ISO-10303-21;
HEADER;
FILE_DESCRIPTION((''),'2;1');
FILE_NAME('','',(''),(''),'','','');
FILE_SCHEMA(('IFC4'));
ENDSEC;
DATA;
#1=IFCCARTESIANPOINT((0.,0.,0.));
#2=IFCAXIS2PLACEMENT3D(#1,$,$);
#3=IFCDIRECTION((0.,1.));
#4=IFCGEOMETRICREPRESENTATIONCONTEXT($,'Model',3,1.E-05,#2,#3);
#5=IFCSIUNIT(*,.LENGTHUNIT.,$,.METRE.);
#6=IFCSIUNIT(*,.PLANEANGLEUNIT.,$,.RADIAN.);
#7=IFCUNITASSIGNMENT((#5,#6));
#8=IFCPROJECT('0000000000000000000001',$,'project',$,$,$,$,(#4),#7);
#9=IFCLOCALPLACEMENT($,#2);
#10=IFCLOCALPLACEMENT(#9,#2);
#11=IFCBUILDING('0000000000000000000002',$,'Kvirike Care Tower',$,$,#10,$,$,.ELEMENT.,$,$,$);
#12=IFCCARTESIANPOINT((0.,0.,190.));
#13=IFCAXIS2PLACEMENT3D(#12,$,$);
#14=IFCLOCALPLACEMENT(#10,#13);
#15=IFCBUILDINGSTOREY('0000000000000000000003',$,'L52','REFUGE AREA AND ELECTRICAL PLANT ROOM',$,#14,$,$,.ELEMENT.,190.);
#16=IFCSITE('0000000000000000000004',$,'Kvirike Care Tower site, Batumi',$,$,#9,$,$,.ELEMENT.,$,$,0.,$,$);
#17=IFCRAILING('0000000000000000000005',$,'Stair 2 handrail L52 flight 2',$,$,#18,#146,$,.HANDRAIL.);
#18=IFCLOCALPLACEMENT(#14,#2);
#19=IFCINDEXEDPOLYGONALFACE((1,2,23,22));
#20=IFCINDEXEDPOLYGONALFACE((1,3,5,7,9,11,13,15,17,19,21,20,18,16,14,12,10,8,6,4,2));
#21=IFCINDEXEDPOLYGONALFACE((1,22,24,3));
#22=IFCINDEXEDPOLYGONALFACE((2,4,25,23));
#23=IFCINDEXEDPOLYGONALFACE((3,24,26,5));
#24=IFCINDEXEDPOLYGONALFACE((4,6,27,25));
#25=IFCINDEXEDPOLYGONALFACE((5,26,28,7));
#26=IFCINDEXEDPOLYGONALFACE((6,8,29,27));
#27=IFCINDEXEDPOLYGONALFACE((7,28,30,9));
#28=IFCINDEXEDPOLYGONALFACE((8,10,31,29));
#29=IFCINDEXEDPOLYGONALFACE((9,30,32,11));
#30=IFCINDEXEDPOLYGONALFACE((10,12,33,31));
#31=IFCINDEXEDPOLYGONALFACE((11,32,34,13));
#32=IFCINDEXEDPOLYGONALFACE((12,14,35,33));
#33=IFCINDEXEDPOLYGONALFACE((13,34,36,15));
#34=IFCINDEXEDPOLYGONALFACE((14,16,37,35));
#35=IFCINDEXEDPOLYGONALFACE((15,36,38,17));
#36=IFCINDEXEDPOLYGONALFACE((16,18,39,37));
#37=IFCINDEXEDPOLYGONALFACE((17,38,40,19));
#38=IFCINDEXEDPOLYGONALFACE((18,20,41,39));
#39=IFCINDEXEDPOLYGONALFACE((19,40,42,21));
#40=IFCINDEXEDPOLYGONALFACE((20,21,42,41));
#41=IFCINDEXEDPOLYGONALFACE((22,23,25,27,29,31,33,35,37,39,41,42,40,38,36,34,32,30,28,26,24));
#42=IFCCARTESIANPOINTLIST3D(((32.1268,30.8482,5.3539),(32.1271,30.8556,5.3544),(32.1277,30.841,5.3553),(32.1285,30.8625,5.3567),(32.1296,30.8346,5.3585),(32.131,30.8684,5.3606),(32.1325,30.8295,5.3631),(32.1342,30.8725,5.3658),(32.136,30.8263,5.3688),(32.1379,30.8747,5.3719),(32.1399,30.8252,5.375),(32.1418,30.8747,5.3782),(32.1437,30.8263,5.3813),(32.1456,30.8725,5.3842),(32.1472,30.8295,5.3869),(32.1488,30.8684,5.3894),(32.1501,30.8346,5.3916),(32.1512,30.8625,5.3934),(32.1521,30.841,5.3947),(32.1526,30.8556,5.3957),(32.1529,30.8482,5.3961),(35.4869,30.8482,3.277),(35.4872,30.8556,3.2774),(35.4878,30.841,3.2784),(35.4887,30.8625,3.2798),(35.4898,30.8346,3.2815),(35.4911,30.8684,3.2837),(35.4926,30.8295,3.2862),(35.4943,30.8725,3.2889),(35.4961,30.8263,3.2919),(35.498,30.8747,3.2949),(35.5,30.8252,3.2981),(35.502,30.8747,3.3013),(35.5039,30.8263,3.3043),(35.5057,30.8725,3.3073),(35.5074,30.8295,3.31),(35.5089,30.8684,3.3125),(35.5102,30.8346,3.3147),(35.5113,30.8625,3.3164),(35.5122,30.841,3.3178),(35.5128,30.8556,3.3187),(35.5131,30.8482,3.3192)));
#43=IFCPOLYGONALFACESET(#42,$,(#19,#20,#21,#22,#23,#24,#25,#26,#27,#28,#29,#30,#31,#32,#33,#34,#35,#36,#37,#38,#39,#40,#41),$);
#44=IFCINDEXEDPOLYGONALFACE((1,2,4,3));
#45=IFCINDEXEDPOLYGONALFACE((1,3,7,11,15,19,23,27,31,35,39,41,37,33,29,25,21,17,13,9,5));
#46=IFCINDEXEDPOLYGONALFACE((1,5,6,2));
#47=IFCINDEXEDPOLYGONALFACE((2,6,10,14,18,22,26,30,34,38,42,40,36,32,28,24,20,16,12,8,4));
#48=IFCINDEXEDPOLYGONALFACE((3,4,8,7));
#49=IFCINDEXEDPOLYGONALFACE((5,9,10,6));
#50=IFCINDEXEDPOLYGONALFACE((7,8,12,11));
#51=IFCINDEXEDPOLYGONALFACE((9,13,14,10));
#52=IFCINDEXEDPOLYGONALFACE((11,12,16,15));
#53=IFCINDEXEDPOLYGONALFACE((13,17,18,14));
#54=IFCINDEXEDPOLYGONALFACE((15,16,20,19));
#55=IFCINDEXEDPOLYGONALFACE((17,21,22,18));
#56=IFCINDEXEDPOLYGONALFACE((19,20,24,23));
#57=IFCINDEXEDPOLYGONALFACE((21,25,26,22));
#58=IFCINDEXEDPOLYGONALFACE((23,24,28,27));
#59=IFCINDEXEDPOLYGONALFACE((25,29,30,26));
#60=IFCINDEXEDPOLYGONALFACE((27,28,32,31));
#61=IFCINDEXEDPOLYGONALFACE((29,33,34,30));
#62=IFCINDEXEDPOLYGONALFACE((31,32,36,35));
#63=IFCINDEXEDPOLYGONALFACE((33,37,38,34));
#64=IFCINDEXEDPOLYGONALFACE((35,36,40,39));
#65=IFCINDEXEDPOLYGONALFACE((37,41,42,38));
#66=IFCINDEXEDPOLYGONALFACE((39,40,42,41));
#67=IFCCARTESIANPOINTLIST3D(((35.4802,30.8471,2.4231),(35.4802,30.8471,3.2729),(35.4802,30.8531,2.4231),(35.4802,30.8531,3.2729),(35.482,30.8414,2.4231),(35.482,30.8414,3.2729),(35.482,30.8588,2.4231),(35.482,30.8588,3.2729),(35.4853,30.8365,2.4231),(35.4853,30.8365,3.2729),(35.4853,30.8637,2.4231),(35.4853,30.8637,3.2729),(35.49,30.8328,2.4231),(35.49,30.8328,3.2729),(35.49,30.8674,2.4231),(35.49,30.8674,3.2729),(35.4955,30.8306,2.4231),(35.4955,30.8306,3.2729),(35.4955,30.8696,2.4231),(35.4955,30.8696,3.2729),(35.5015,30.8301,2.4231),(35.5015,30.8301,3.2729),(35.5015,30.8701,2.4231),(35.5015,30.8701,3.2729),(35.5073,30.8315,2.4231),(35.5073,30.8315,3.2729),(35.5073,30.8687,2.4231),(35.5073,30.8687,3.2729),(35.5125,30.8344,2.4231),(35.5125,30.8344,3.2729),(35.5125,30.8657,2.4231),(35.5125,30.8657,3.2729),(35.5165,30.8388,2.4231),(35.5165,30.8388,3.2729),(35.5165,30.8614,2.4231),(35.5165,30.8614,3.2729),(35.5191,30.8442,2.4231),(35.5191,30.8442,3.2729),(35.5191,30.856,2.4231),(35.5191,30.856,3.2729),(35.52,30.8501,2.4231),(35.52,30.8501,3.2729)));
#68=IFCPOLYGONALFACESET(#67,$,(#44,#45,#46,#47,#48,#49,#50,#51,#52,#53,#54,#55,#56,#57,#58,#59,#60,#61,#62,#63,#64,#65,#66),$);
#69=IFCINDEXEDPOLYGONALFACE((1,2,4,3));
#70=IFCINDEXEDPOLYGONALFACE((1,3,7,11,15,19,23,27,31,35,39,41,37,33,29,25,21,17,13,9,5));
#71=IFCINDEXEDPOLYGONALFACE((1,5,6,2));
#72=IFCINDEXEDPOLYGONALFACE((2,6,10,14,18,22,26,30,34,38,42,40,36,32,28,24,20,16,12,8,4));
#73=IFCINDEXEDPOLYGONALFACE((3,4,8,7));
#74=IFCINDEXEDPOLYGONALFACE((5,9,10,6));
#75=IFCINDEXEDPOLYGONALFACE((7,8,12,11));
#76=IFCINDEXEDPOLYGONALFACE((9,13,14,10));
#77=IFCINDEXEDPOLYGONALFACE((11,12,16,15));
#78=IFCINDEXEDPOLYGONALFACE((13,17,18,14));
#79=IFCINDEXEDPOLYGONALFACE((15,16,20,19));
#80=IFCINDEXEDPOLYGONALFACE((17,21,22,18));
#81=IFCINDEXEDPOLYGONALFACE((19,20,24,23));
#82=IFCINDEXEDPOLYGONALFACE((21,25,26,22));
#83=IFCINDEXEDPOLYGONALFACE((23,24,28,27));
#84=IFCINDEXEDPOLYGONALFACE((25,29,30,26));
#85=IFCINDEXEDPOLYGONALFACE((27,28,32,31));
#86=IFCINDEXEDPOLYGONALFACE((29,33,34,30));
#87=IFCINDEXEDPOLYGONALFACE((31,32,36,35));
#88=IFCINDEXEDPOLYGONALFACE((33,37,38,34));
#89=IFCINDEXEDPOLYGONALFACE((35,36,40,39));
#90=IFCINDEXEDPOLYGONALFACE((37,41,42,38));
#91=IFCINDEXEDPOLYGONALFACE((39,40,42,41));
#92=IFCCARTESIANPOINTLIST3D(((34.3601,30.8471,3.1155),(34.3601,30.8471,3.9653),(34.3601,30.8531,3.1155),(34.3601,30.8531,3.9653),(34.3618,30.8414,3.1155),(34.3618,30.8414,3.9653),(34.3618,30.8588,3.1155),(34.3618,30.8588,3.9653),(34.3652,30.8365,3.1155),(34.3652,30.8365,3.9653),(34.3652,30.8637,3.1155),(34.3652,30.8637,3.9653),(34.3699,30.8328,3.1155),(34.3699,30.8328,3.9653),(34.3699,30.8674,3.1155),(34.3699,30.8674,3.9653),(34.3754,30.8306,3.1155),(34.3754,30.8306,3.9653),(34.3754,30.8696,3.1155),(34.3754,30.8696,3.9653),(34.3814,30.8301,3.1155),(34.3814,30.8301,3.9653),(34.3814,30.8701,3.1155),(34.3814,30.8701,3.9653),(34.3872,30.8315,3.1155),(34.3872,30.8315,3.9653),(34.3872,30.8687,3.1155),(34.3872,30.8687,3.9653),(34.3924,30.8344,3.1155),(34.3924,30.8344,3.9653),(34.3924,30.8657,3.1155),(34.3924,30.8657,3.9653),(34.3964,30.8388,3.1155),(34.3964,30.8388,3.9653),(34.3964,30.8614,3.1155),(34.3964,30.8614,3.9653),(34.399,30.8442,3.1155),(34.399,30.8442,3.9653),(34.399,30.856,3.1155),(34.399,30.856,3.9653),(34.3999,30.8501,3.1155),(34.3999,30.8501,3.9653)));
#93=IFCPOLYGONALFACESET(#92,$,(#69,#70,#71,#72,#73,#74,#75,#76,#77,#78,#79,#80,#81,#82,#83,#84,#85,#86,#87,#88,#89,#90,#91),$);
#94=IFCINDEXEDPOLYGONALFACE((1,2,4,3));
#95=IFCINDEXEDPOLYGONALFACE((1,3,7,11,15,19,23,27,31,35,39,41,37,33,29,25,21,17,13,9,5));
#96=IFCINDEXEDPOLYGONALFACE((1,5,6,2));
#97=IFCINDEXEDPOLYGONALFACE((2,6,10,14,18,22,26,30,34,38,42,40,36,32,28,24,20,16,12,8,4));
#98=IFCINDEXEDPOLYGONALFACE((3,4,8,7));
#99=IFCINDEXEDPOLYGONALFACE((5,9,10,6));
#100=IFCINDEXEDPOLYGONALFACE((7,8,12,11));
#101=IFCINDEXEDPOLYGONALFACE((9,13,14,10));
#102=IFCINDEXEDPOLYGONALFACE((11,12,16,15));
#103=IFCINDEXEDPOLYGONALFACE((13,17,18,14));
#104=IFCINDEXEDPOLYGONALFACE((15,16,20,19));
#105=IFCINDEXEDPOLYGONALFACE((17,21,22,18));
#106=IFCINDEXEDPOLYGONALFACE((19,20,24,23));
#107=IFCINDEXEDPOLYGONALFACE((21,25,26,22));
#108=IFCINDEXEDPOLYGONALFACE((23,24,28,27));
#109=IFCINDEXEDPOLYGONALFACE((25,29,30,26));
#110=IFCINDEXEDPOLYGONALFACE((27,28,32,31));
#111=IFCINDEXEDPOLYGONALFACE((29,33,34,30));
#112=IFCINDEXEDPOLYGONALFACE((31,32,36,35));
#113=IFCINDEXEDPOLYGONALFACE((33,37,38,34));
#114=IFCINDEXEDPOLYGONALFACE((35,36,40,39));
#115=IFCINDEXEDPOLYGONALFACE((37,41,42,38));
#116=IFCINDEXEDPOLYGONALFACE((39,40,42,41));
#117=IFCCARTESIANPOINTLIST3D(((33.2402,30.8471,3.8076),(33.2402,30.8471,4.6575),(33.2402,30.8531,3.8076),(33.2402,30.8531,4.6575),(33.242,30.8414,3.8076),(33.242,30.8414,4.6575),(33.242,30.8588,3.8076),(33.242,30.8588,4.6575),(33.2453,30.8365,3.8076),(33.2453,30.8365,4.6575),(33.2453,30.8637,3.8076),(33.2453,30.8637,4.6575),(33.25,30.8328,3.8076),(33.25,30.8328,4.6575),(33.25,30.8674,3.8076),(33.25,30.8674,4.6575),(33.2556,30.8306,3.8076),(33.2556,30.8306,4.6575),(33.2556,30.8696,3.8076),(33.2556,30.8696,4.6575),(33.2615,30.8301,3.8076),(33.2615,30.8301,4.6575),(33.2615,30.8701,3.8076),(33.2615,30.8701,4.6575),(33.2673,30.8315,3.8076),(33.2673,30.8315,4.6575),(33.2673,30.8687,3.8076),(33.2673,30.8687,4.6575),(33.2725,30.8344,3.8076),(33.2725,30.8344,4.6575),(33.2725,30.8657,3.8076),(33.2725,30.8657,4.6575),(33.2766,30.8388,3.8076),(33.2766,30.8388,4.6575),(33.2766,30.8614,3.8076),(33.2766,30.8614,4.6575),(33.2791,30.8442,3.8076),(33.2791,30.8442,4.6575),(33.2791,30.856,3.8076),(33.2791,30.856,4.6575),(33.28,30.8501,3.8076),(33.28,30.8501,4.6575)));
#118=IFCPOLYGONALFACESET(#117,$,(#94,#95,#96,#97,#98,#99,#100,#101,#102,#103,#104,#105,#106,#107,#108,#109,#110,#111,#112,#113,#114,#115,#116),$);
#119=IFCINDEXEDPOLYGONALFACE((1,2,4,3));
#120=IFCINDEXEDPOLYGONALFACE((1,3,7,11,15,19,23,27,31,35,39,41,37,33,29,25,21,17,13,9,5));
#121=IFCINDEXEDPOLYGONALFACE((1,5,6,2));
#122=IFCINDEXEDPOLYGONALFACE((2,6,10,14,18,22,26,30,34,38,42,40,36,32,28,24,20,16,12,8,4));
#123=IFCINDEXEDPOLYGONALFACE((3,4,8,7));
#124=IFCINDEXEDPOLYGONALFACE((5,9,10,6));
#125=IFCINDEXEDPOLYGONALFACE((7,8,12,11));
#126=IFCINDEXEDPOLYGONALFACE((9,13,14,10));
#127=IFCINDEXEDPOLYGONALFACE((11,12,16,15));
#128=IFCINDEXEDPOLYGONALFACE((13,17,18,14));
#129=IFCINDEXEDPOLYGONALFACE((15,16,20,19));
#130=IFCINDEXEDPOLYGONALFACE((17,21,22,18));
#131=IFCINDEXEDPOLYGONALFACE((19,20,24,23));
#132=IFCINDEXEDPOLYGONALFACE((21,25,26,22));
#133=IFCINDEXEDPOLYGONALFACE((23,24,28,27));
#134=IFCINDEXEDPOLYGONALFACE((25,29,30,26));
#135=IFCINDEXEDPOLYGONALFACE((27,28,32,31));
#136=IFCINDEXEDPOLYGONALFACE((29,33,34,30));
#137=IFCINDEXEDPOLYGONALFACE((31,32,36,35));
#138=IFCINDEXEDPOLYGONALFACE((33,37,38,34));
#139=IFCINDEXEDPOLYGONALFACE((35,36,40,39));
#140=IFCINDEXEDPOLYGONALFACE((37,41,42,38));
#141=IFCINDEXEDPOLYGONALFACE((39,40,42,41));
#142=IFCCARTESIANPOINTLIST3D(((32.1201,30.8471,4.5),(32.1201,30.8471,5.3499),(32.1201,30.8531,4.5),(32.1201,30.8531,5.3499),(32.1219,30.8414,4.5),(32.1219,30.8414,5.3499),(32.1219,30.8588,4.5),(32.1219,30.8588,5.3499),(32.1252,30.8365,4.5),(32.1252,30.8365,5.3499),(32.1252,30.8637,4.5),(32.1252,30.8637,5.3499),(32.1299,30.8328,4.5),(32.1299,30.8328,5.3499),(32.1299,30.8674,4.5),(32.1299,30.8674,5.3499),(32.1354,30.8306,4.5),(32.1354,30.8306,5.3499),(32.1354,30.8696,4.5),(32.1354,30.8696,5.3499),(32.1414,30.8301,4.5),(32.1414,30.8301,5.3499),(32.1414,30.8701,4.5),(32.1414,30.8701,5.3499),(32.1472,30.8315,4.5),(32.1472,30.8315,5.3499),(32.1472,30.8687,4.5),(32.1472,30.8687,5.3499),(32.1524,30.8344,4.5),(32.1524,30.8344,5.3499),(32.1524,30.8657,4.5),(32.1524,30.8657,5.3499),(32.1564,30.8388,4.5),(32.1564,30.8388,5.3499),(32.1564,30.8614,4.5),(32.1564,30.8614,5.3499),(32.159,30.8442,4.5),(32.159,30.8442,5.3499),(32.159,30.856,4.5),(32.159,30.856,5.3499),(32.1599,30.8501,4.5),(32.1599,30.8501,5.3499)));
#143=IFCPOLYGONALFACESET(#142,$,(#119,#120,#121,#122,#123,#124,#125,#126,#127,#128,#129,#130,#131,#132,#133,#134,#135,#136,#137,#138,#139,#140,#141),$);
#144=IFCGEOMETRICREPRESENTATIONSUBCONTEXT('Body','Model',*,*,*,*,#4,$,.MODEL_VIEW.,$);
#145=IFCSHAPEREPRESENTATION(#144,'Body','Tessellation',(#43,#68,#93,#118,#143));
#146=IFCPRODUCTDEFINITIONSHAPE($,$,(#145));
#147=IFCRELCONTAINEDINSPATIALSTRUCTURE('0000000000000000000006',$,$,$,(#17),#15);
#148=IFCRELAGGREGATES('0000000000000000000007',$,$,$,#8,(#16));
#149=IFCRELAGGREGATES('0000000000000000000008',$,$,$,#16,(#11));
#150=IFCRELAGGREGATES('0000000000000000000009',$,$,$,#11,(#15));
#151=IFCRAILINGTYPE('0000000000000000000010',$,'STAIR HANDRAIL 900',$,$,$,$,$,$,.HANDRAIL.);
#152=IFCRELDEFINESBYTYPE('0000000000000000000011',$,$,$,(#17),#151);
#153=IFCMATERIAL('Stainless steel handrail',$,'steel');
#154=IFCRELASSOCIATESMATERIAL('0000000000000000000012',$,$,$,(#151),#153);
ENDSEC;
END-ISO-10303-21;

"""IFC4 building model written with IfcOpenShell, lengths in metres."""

from ifc_helpers import new_model, si_unit, direction, frame, origin, origin_2d, place, context, subcontext, project, spatial, circle, extrude, material, type_object, element, save


model = new_model("IFC4")

# Units and contexts
model_context = context("Model", 3, precision=1e-05, world=origin(), true_north=direction((0.0, 1.0)))
body_context = subcontext(model_context, "Body", "Model", "MODEL_VIEW")
ifc_project = project(units=[si_unit("LENGTHUNIT", "METRE"), si_unit("PLANEANGLEUNIT", "RADIAN")], contexts=[model_context])

# Site, building, storey
site_placement = place(None, origin())
site = spatial("IfcSite", under=ifc_project, at=site_placement, Name="Kvirike Care Tower site, Batumi", CompositionType="ELEMENT", RefElevation=0.0)
building_placement = place(site_placement, origin())
building = spatial("IfcBuilding", under=site, at=building_placement, Name="Kvirike Care Tower", CompositionType="ELEMENT")
storey_placement = place(building_placement, frame((0.0, 0.0, 190.0)))
storey = spatial("IfcBuildingStorey", under=building, at=storey_placement, Name="L52", Description="REFUGE AREA AND ELECTRICAL PLANT ROOM", CompositionType="ELEMENT", Elevation=190.0)

# Railing
ifc_material_1 = material(Name="Stainless steel handrail", Category="steel")
railing_type = type_object("IfcRailingType", Name="STAIR HANDRAIL 900", PredefinedType="HANDRAIL", material=ifc_material_1)
railing_1_placement = place(storey_placement, frame((35.5, 30.8501, 2.4231)))
element("IfcRailing", 1, at=railing_1_placement, inside=storey, type_object=railing_type, Name="Stair 2 handrail L52 flight 2", PredefinedType="HANDRAIL", context=body_context, shape_type="SweptSolid", body=[
    extrude(circle(Radius=0.0249, at=origin_2d()), frame((0.0, 0.0, 0.875), z_axis=(-0.850623, 0.0, 0.525776), x_axis=(0.0, -1.0, 0.0)), (0.0, 0.0, 1.0), 3.9502),
    extrude(circle(Radius=0.02, at=origin_2d()), origin(), (0.0, 0.0, 1.0), 0.8499),
    extrude(circle(Radius=0.02, at=origin_2d()), frame((-1.1201, 0.0, 0.6924)), (0.0, 0.0, 1.0), 0.8499),
    extrude(circle(Radius=0.02, at=origin_2d()), frame((-2.24, 0.0, 1.3845)), (0.0, 0.0, 1.0), 0.8499),
    extrude(circle(Radius=0.02, at=origin_2d()), frame((-3.3601, 0.0, 2.0769)), (0.0, 0.0, 1.0), 0.8499),
])

save(model, "model.ifc")
